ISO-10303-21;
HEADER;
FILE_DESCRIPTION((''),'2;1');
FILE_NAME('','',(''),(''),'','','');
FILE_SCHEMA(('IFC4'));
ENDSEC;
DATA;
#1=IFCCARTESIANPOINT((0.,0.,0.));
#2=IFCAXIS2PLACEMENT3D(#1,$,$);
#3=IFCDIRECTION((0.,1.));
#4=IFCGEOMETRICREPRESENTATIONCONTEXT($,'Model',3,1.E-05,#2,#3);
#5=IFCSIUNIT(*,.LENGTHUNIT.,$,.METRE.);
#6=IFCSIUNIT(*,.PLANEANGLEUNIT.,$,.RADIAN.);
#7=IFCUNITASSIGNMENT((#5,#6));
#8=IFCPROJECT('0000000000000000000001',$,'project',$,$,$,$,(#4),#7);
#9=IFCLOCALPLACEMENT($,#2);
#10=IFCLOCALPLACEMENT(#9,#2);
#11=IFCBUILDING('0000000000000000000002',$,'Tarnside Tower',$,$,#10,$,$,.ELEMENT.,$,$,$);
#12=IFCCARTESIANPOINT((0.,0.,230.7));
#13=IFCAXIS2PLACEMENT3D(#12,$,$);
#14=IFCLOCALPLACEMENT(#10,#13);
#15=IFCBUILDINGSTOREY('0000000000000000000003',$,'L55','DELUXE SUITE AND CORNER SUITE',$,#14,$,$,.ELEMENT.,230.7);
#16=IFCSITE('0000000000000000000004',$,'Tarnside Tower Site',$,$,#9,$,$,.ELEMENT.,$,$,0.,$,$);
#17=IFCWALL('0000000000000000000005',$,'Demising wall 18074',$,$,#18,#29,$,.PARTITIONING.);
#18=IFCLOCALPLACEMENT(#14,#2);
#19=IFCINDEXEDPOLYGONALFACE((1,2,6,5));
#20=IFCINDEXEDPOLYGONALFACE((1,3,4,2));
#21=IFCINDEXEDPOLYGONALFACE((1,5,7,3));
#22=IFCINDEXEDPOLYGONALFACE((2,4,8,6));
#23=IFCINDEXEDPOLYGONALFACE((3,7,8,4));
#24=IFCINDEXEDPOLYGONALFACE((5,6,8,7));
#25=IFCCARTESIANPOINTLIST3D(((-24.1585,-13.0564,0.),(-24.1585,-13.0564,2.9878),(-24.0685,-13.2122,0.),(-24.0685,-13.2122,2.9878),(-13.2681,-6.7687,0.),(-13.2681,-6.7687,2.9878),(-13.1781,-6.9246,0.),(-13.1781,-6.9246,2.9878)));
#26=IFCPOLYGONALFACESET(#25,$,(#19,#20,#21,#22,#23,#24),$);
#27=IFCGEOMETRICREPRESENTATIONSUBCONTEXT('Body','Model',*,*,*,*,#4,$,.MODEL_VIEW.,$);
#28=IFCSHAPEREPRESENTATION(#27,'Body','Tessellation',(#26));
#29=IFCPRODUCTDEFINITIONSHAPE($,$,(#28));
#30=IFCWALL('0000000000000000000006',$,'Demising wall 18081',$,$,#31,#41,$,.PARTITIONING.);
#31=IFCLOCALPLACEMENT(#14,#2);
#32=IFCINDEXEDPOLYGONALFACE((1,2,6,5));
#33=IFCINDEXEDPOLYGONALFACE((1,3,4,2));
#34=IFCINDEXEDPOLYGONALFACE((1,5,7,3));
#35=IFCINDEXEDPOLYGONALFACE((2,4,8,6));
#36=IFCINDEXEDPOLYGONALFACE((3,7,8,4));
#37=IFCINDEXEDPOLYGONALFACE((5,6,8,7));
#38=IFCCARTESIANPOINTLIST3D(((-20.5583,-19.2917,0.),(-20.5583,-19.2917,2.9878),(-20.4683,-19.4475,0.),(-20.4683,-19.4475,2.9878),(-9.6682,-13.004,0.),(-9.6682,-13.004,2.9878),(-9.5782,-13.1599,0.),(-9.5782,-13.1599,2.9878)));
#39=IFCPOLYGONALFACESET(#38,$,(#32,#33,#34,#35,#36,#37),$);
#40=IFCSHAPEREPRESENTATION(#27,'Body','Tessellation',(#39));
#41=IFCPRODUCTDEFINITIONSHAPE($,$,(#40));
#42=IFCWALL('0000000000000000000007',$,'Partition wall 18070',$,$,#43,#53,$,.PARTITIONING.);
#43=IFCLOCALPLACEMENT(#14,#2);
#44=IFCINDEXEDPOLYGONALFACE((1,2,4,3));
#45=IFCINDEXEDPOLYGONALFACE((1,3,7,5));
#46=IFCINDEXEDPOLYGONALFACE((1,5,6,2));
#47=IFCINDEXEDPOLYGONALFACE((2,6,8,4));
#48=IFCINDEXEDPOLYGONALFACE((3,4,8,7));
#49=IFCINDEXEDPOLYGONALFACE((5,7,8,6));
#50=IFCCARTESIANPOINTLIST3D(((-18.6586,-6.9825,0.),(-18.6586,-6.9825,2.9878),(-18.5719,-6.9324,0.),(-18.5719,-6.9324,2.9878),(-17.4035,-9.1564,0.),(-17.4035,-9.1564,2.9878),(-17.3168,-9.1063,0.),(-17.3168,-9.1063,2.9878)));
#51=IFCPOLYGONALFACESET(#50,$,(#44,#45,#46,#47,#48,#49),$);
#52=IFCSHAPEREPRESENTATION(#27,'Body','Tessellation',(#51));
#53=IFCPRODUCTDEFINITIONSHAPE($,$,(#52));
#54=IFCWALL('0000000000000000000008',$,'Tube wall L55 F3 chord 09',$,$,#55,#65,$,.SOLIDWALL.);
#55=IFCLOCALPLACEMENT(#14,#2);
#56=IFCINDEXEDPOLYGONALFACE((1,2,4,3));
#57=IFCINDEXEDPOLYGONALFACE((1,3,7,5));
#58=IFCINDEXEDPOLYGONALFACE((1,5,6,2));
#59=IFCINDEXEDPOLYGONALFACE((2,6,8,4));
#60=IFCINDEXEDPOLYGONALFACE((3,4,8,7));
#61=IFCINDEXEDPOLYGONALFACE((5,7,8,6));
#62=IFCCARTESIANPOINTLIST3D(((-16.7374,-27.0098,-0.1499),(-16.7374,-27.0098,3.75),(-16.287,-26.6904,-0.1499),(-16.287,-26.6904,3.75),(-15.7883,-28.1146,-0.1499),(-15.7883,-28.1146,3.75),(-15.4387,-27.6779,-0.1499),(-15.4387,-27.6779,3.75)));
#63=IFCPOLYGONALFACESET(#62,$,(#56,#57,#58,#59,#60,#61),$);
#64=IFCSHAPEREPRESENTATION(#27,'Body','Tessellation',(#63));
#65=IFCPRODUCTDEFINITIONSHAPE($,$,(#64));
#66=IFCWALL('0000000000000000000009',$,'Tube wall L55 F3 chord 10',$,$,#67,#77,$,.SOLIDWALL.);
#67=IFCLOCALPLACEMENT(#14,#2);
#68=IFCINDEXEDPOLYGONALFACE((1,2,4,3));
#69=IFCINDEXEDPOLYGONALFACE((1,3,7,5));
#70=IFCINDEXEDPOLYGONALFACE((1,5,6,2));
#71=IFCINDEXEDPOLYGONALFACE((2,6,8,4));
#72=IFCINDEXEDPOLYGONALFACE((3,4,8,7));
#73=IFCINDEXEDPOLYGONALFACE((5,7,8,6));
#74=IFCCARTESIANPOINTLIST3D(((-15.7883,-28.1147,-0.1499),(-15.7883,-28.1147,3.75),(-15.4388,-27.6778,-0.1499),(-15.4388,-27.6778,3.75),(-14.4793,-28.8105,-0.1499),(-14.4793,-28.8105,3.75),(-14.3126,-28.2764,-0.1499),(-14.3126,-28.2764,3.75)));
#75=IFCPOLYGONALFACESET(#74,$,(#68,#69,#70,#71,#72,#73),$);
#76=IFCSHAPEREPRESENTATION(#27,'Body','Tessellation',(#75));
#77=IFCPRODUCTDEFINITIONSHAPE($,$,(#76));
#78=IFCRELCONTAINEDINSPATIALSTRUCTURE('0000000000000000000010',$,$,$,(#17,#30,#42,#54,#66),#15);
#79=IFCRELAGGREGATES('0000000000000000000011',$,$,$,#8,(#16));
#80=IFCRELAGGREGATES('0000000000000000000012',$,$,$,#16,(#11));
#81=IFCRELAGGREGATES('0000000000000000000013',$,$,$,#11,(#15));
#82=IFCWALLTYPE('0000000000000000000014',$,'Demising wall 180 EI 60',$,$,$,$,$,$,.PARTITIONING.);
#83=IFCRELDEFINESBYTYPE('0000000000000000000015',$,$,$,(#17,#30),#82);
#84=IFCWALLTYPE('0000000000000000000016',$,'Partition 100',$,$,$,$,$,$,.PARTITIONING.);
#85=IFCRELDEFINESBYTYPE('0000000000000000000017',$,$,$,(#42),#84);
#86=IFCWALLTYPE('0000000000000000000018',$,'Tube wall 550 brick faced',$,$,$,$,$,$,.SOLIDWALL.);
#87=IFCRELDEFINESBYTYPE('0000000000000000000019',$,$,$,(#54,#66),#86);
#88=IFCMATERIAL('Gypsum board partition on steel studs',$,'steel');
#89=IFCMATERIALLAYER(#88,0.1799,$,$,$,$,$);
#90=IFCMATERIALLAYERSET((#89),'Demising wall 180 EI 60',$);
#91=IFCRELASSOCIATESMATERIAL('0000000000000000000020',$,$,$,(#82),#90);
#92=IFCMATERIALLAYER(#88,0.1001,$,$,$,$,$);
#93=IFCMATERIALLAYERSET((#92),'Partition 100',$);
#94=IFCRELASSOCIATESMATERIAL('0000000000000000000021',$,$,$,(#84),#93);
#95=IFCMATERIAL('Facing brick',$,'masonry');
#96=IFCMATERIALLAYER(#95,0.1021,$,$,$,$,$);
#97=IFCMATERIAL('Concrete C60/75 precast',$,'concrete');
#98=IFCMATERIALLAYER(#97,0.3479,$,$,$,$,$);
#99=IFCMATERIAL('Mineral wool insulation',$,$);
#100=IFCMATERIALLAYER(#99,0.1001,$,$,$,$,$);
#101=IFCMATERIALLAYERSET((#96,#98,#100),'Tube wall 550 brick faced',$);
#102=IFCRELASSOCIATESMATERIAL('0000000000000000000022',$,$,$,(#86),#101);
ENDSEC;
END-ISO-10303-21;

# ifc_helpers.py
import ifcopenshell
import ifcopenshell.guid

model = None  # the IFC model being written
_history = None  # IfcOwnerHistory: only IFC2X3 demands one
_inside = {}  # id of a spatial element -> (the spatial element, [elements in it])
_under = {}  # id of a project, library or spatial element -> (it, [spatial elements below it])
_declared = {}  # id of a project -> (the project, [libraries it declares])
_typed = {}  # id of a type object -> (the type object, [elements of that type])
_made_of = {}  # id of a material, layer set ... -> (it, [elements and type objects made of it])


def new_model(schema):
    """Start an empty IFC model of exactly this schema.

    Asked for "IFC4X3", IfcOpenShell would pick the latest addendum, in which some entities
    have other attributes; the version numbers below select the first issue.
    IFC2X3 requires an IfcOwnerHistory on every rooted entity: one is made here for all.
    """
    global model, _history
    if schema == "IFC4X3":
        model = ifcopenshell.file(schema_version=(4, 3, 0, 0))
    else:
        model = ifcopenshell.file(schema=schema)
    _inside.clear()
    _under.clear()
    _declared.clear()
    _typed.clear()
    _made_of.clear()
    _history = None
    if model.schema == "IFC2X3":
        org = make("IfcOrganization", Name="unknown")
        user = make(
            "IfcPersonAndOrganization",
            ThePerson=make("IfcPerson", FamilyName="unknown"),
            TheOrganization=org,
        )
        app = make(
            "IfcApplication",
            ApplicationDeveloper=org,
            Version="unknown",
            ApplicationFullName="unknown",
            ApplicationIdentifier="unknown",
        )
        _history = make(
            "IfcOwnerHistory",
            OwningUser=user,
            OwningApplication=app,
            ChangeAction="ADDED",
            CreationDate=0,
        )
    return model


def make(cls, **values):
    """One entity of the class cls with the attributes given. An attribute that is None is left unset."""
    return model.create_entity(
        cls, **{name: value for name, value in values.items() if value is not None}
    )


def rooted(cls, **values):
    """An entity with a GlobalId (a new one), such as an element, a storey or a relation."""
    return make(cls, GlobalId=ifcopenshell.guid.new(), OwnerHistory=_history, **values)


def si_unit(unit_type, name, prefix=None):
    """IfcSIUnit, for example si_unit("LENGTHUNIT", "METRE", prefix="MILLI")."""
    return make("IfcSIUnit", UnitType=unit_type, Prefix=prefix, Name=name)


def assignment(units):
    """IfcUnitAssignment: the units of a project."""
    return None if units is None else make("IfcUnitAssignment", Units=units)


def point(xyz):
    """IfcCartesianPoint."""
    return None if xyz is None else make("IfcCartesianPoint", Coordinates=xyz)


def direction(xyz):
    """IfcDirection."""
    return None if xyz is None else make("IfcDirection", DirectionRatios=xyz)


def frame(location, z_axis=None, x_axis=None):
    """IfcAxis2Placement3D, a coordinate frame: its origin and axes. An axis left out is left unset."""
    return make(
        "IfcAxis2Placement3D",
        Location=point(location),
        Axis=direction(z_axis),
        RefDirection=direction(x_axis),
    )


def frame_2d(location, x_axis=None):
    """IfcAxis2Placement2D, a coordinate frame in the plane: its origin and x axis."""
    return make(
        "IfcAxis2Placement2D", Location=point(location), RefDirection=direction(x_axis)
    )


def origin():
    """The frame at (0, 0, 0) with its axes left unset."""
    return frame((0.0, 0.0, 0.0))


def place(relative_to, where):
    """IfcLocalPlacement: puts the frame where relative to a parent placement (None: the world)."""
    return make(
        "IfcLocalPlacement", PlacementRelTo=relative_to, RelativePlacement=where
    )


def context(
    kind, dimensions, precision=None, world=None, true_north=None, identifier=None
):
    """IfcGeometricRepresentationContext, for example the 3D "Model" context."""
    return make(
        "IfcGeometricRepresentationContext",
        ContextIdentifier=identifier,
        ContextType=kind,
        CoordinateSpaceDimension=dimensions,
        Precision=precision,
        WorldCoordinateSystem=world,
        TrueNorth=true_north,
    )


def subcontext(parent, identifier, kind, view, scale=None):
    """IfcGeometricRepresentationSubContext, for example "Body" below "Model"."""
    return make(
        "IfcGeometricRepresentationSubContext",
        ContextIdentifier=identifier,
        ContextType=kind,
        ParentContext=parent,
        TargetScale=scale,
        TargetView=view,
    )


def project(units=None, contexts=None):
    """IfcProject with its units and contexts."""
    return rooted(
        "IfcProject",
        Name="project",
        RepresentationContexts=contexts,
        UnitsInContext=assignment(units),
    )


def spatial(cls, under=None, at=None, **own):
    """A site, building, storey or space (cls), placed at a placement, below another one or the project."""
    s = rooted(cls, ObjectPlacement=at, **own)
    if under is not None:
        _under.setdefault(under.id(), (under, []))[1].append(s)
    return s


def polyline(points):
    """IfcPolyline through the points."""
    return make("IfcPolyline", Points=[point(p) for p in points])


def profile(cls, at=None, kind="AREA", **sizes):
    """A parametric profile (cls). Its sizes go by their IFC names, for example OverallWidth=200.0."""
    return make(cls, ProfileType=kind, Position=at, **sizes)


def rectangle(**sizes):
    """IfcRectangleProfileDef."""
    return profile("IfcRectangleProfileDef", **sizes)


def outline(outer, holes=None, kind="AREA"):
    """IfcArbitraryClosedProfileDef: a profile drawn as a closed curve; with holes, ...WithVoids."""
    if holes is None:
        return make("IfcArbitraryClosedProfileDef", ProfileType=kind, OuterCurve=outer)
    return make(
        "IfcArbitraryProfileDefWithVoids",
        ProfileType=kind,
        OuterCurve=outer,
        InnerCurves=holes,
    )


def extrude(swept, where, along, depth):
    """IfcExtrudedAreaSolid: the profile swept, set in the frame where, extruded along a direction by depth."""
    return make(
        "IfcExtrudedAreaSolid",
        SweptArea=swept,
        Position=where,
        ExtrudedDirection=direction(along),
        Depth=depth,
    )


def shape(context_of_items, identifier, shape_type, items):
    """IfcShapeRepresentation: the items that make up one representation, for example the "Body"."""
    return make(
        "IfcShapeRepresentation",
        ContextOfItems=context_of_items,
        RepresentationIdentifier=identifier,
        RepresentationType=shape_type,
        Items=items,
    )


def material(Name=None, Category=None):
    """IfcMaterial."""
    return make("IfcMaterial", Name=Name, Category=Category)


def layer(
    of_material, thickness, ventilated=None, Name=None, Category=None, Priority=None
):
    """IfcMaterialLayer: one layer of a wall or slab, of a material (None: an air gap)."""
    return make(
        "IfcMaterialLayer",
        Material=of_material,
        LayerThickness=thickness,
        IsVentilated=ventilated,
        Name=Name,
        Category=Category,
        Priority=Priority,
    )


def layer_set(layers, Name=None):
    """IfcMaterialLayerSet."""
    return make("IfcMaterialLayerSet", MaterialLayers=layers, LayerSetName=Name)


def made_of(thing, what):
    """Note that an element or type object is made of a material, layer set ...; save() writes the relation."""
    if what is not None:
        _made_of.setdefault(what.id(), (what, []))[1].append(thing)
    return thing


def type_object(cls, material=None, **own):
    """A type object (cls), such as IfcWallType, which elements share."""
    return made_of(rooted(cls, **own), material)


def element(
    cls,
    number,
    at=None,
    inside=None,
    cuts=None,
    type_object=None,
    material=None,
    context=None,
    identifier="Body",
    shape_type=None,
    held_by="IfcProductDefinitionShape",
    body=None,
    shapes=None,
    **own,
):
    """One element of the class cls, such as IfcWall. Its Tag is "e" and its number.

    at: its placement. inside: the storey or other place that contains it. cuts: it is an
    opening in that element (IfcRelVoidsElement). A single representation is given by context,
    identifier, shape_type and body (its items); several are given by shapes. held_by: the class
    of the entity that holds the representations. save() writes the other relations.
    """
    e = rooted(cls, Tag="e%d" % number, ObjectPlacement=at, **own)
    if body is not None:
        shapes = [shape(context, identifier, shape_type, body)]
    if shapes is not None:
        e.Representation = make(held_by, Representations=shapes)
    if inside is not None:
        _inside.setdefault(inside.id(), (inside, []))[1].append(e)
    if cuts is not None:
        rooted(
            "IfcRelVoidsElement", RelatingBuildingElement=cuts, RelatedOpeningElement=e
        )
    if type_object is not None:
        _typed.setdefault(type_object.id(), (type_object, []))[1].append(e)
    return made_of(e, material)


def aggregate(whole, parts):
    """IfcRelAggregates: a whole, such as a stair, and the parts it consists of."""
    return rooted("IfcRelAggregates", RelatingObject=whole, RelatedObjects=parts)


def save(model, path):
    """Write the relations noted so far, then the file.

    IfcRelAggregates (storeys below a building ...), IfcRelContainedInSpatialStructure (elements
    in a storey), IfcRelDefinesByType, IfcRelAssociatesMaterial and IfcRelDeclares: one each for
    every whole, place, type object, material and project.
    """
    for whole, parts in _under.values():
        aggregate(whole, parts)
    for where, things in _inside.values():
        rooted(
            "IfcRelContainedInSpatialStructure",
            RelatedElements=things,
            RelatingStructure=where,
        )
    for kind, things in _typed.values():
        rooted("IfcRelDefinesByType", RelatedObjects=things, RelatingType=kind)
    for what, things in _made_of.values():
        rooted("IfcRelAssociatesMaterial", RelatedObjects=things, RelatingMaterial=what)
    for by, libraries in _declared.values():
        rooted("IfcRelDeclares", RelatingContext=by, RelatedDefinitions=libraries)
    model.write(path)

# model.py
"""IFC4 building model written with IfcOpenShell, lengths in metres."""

from ifc_helpers import new_model, si_unit, direction, frame, frame_2d, origin, place, context, subcontext, project, spatial, polyline, rectangle, outline, extrude, material, layer, layer_set, type_object, element, save


model = new_model("IFC4")

# Units and contexts
model_context = context("Model", 3, precision=1e-05, world=origin(), true_north=direction((0.0, 1.0)))
body_context = subcontext(model_context, "Body", "Model", "MODEL_VIEW")
ifc_project = project(units=[si_unit("LENGTHUNIT", "METRE"), si_unit("PLANEANGLEUNIT", "RADIAN")], contexts=[model_context])

# Site, building, storey
site_placement = place(None, origin())
site = spatial("IfcSite", under=ifc_project, at=site_placement, Name="Tarnside Tower Site", CompositionType="ELEMENT", RefElevation=0.0)
building_placement = place(site_placement, origin())
building = spatial("IfcBuilding", under=site, at=building_placement, Name="Tarnside Tower", CompositionType="ELEMENT")
storey_placement = place(building_placement, frame((0.0, 0.0, 230.7)))
storey = spatial("IfcBuildingStorey", under=building, at=storey_placement, Name="L55", Description="DELUXE SUITE AND CORNER SUITE", CompositionType="ELEMENT", Elevation=230.7)

# Walls
ifc_material_1 = material(Name="Gypsum board partition on steel studs", Category="steel")
ifc_layer_1 = layer(ifc_material_1, 0.1799)
ifc_layer_set_1 = layer_set([ifc_layer_1], Name="Demising wall 180 EI 60")
wall_type_1 = type_object("IfcWallType", Name="Demising wall 180 EI 60", PredefinedType="PARTITIONING", material=ifc_layer_set_1)
wall_1_placement = place(storey_placement, frame((-24.1135, -13.1343, 0.0), z_axis=(0.0, 0.0, 1.0), x_axis=(0.866024, 0.500002, 0.0)))
element("IfcWall", 1, at=wall_1_placement, inside=storey, type_object=wall_type_1, Name="Demising wall 18074", PredefinedType="PARTITIONING", context=body_context, shape_type="SweptSolid", body=[
    extrude(rectangle(XDim=12.5752, YDim=0.1799, at=frame_2d((6.2876, 0.0))), origin(), (0.0, 0.0, 1.0), 2.9878),
])
wall_2_placement = place(storey_placement, frame((-20.5134, -19.3696, 0.0), z_axis=(0.0, 0.0, 1.0), x_axis=(0.866019, 0.50001, 0.0)))
element("IfcWall", 2, at=wall_2_placement, inside=storey, type_object=wall_type_1, Name="Demising wall 18081", PredefinedType="PARTITIONING", context=body_context, shape_type="SweptSolid", body=[
    extrude(rectangle(XDim=12.575, YDim=0.1799, at=frame_2d((6.2876, 0.0))), origin(), (0.0, 0.0, 1.0), 2.9878),
])
ifc_layer_2 = layer(ifc_material_1, 0.1001)
ifc_layer_set_2 = layer_set([ifc_layer_2], Name="Partition 100")
wall_type_2 = type_object("IfcWallType", Name="Partition 100", PredefinedType="PARTITIONING", material=ifc_layer_set_2)
wall_3_placement = place(storey_placement, frame((-17.3601, -9.1313, 0.0), z_axis=(0.0, 0.0, 1.0), x_axis=(-0.50002, 0.866014, 0.0)))
element("IfcWall", 3, at=wall_3_placement, inside=storey, type_object=wall_type_2, Name="Partition wall 18070", PredefinedType="PARTITIONING", context=body_context, shape_type="SweptSolid", body=[
    extrude(rectangle(XDim=2.5103, YDim=0.1001, at=frame_2d((1.2551, 0.0))), origin(), (0.0, 0.0, 1.0), 2.9878),
])
ifc_material_2 = material(Name="Facing brick", Category="masonry")
ifc_layer_3 = layer(ifc_material_2, 0.1021)
ifc_material_3 = material(Name="Concrete C60/75 precast", Category="concrete")
ifc_layer_4 = layer(ifc_material_3, 0.3479)
ifc_material_4 = material(Name="Mineral wool insulation")
ifc_layer_5 = layer(ifc_material_4, 0.1001)
ifc_layer_set_3 = layer_set([ifc_layer_3, ifc_layer_4, ifc_layer_5], Name="Tube wall 550 brick faced")
wall_type_3 = type_object("IfcWallType", Name="Tube wall 550 brick faced", PredefinedType="SOLIDWALL", material=ifc_layer_set_3)
wall_4_placement = place(storey_placement, frame((-16.5122, -26.8501, -0.1499), z_axis=(0.0, 0.0, 1.0), x_axis=(0.651622, -0.758544, 0.0)))
element("IfcWall", 4, at=wall_4_placement, inside=storey, type_object=wall_type_3, Name="Tube wall L55 F3 chord 09", PredefinedType="SOLIDWALL", context=body_context, shape_type="SweptSolid", body=[
    extrude(outline(polyline([(-0.0256, -0.2749), (1.4309, -0.2749), (1.3274, 0.2749), (0.0256, 0.2749), (-0.0256, -0.2749)])), origin(), (0.0, 0.0, 1.0), 3.8999),
])
wall_5_placement = place(storey_placement, frame((-15.6135, -27.8962, -0.1499), z_axis=(0.0, 0.0, 1.0), x_axis=(0.882994, -0.469384, 0.0)))
element("IfcWall", 5, at=wall_5_placement, inside=storey, type_object=wall_type_3, Name="Tube wall L55 F3 chord 10", PredefinedType="SOLIDWALL", context=body_context, shape_type="SweptSolid", body=[
    extrude(outline(polyline([(-0.0518, -0.2749), (1.4307, -0.2749), (1.3271, 0.2749), (0.0518, 0.2749), (-0.0518, -0.2749)])), origin(), (0.0, 0.0, 1.0), 3.8999),
])

save(model, "model.ifc")
